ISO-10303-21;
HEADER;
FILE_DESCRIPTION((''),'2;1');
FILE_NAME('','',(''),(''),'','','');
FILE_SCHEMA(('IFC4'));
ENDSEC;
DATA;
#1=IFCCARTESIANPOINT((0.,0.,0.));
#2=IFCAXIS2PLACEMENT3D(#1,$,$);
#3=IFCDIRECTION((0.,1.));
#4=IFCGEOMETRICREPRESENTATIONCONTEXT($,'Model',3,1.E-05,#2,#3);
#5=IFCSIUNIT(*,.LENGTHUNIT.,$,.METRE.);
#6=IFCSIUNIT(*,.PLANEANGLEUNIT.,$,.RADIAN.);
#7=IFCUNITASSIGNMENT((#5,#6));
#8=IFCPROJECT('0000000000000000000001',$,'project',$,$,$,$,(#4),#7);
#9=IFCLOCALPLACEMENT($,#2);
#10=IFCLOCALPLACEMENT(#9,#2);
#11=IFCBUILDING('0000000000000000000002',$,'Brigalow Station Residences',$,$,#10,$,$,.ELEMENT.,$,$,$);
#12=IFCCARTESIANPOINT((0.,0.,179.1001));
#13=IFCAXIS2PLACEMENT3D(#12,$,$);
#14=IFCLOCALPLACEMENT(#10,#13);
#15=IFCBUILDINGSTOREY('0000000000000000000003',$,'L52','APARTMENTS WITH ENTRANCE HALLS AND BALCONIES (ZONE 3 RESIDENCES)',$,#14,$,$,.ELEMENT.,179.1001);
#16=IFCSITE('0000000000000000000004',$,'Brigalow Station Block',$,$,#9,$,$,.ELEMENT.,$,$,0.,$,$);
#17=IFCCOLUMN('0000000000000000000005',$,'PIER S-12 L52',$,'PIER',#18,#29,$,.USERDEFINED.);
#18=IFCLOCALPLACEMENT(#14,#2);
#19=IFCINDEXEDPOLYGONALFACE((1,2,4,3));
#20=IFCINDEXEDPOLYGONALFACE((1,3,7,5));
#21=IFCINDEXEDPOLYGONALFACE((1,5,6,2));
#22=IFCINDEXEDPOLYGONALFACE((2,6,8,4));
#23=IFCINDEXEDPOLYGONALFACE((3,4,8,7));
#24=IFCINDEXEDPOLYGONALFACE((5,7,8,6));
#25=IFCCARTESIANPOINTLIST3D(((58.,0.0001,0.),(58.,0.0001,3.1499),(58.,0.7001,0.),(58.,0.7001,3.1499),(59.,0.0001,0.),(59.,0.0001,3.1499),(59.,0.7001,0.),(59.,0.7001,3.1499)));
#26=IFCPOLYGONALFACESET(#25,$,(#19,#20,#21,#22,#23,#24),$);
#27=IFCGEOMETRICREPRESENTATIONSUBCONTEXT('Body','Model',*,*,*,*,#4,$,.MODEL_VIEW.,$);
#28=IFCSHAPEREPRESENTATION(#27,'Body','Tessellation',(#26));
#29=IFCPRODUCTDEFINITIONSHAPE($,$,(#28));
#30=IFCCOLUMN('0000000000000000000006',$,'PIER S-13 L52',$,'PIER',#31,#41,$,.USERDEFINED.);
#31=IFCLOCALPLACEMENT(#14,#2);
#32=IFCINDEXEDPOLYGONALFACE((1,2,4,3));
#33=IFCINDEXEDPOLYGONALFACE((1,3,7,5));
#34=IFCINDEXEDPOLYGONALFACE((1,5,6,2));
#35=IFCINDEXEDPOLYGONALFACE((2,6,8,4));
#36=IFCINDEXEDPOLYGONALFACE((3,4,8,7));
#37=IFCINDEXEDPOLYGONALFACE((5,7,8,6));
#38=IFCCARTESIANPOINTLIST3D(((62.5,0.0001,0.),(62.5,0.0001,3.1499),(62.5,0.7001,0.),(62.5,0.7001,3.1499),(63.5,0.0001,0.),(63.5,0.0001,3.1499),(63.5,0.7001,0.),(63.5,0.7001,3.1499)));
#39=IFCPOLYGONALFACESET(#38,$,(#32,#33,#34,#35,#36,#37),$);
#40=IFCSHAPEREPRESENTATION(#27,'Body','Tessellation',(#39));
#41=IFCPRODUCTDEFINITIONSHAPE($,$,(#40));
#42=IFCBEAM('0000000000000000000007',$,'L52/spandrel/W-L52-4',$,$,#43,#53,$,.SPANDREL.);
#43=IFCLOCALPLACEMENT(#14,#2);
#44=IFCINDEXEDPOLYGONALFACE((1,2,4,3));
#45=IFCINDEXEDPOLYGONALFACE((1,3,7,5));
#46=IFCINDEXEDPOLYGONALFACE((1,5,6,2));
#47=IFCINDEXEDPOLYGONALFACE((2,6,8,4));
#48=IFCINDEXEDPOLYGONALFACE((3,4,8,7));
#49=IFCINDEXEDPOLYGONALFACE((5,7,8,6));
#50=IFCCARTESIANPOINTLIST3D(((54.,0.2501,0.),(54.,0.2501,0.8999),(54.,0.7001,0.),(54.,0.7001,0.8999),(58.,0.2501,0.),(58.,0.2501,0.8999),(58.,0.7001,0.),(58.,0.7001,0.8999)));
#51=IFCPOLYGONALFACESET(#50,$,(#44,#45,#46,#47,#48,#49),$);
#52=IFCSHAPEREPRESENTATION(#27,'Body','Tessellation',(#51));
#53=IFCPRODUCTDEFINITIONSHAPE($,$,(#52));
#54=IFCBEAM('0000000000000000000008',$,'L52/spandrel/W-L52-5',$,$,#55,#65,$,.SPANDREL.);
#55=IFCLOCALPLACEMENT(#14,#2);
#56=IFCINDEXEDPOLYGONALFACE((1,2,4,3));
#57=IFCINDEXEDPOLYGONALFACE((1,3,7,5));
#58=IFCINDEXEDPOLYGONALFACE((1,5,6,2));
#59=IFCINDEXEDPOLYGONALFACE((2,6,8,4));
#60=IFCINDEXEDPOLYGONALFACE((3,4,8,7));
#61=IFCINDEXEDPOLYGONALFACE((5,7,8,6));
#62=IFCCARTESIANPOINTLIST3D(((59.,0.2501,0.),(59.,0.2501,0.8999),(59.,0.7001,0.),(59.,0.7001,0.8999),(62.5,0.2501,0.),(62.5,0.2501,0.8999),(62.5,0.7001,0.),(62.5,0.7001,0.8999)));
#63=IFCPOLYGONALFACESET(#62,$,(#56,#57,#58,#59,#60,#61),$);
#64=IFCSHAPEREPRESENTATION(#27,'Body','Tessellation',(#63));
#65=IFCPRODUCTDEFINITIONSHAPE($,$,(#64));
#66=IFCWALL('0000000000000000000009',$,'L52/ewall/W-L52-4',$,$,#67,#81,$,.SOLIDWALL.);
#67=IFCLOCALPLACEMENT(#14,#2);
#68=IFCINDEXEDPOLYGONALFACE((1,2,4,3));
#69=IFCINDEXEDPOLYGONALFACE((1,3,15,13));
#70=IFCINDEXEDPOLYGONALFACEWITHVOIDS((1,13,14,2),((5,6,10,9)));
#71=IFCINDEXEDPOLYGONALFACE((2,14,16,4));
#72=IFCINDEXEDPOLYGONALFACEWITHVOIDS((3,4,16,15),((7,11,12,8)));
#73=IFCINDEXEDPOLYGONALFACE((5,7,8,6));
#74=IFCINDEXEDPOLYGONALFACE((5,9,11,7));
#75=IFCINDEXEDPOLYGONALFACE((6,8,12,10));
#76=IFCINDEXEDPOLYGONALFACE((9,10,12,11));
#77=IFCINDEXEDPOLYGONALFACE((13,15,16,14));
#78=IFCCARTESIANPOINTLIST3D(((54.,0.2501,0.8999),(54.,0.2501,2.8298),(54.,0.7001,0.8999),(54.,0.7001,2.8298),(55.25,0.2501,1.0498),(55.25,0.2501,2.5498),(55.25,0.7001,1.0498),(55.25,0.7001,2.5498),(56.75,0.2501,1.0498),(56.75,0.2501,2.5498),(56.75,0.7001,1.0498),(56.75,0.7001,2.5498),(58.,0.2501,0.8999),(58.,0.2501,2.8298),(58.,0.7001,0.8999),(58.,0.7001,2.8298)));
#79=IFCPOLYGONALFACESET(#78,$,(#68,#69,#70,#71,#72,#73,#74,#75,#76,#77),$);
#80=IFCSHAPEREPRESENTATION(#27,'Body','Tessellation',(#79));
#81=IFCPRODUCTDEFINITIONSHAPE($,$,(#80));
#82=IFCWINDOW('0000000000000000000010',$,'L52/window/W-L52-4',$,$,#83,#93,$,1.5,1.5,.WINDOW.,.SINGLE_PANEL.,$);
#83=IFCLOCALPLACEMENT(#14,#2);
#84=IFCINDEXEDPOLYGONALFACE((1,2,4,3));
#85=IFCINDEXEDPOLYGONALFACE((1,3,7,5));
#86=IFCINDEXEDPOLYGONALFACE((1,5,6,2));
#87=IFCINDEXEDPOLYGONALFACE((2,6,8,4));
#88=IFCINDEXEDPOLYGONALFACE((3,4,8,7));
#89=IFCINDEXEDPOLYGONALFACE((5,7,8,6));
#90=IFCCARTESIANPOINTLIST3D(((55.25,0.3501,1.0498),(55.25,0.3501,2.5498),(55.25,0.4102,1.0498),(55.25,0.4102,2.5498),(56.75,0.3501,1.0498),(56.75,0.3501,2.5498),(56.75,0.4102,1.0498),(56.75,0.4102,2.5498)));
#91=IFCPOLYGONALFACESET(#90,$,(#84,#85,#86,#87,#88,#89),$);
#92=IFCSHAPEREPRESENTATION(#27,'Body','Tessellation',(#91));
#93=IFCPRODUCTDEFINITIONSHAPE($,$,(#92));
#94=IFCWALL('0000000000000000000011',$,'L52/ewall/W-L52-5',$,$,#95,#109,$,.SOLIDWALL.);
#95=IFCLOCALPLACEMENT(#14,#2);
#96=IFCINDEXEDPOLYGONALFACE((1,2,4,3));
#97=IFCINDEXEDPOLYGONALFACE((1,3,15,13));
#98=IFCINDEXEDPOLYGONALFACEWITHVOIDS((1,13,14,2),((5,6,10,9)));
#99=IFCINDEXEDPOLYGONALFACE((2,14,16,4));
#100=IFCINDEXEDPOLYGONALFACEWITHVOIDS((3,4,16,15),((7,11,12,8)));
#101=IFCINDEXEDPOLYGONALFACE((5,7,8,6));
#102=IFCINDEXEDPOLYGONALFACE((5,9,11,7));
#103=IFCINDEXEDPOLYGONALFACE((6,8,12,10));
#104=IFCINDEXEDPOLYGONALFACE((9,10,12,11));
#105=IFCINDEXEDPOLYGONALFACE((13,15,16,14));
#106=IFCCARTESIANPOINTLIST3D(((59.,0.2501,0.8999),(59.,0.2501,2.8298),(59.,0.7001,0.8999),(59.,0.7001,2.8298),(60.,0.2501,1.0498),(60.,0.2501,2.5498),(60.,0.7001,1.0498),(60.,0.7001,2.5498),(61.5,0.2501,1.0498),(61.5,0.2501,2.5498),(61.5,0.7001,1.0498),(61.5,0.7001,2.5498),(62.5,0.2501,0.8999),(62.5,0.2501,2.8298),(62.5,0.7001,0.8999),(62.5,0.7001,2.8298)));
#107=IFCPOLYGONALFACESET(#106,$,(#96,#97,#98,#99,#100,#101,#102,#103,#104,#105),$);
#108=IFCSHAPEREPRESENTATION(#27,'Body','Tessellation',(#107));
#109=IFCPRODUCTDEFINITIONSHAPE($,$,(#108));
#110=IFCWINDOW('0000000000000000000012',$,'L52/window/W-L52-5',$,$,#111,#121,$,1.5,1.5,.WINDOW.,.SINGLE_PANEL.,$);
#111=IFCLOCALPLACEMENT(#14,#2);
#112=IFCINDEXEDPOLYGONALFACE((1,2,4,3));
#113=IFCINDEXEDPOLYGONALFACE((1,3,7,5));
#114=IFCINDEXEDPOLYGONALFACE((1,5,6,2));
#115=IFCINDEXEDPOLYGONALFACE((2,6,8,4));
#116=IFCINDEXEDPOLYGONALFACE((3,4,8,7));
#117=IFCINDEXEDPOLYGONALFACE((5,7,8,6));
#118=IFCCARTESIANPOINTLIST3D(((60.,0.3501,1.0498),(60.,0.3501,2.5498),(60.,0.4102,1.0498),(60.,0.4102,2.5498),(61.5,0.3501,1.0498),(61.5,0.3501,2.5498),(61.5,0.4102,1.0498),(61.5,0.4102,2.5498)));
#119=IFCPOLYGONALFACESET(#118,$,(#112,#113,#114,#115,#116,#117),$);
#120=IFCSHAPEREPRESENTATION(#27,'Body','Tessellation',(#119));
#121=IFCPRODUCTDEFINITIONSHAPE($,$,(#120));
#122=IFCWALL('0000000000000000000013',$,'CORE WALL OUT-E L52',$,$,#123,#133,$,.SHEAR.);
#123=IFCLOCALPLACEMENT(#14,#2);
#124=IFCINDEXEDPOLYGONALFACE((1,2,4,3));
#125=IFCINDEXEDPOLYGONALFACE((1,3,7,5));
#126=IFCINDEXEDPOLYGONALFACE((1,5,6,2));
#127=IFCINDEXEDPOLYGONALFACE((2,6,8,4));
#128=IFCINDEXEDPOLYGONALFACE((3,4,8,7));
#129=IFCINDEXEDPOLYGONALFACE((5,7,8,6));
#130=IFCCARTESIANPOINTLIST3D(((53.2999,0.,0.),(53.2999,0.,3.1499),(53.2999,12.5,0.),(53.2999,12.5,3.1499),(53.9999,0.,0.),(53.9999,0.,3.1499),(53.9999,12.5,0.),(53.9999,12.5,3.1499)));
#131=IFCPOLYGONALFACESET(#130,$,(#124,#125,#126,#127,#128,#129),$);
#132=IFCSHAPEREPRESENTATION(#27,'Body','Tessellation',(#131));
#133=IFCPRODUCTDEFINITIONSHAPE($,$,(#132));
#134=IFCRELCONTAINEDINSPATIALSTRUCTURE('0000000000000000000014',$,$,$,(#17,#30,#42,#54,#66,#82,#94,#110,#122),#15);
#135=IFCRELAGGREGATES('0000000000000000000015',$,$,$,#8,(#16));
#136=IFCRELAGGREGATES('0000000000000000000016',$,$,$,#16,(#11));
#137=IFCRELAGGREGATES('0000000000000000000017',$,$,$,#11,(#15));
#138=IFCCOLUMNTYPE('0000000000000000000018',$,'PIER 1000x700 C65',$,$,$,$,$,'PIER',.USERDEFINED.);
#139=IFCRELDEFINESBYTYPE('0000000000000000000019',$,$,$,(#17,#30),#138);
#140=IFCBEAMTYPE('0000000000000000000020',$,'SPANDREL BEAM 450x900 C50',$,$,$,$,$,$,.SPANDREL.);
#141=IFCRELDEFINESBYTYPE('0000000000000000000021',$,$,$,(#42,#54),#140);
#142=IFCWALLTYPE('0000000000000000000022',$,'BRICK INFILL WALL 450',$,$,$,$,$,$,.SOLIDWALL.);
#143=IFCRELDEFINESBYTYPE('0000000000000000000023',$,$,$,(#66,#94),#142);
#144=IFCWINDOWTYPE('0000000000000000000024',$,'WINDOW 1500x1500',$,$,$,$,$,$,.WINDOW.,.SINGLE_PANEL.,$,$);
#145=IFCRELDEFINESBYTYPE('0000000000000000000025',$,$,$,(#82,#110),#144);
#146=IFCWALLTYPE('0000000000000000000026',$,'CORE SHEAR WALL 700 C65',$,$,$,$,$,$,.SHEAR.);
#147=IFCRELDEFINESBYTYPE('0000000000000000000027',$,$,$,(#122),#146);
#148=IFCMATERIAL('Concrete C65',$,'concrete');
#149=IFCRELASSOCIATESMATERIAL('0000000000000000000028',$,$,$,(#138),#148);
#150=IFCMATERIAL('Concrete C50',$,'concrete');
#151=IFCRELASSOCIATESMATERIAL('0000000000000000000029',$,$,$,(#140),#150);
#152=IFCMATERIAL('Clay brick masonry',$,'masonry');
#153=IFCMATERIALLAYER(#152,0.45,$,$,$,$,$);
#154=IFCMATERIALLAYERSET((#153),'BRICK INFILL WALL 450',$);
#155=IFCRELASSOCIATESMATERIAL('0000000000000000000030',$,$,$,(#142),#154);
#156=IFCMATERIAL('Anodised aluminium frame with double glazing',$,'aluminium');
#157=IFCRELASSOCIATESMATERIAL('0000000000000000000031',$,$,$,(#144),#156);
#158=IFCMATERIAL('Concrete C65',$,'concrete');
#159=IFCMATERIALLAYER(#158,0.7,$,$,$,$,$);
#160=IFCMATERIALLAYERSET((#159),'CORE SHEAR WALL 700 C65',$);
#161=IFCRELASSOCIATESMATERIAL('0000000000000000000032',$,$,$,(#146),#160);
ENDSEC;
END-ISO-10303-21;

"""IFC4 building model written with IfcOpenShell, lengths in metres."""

from ifc_helpers import new_model, si_unit, direction, frame, frame_2d, origin, origin_2d, place, context, subcontext, project, spatial, rectangle, extrude, material, layer, layer_set, material_profile, profile_set, type_object, element, fill, save


model = new_model("IFC4")

# Units and contexts
model_context = context("Model", 3, precision=1e-05, world=origin(), true_north=direction((0.0, 1.0)))
body_context = subcontext(model_context, "Body", "Model", "MODEL_VIEW")
ifc_project = project(units=[si_unit("LENGTHUNIT", "METRE"), si_unit("PLANEANGLEUNIT", "RADIAN")], contexts=[model_context])

# Site, building, storey
site_placement = place(None, origin())
site = spatial("IfcSite", under=ifc_project, at=site_placement, Name="Brigalow Station Block", CompositionType="ELEMENT", RefElevation=0.0)
building_placement = place(site_placement, origin())
building = spatial("IfcBuilding", under=site, at=building_placement, Name="Brigalow Station Residences", CompositionType="ELEMENT")
storey_placement = place(building_placement, frame((0.0, 0.0, 179.1001)))
storey = spatial("IfcBuildingStorey", under=building, at=storey_placement, Name="L52", Description="APARTMENTS WITH ENTRANCE HALLS AND BALCONIES (ZONE 3 RESIDENCES)", CompositionType="ELEMENT", Elevation=179.1001)

# Columns
ifc_material_1 = material(Name="Concrete C65", Category="concrete")
ifc_material_profile_1 = material_profile(ifc_material_1, rectangle(XDim=1.0, YDim=0.7, at=origin_2d()), Name="RC1000x700")
ifc_profile_set_1 = profile_set([ifc_material_profile_1], Name="Concrete C65")
column_type = type_object("IfcColumnType", Name="PIER 1000x700 C65", ElementType="PIER", PredefinedType="USERDEFINED", material=ifc_profile_set_1)
for number, where, z_axis, x_axis, name in (
    (1, (58.5, 0.3501, 0.0), (0.0, 0.0, 1.0), (1.0, 0.0, 0.0), "PIER S-12 L52"),
    (2, (63.0, 0.3501, 0.0), (0.0, 0.0, 1.0), (1.0, 0.0, 0.0), "PIER S-13 L52"),
):
    element("IfcColumn", number, at=place(storey_placement, frame(where, z_axis=z_axis, x_axis=x_axis)), inside=storey, type_object=column_type, Name=name, ObjectType="PIER", PredefinedType="USERDEFINED", context=body_context, shape_type="SweptSolid", body=[
        extrude(rectangle(XDim=1.0, YDim=0.7, at=origin_2d()), origin(), (0.0, 0.0, 1.0), 3.1499),
    ])

# Beams
ifc_material_2 = material(Name="Concrete C50", Category="concrete")
ifc_material_profile_2 = material_profile(ifc_material_2, rectangle(XDim=0.45, YDim=0.8999, at=origin_2d()), Name="RC450x900")
ifc_profile_set_2 = profile_set([ifc_material_profile_2], Name="Concrete C50")
beam_type = type_object("IfcBeamType", Name="SPANDREL BEAM 450x900 C50", PredefinedType="SPANDREL", material=ifc_profile_set_2)
beam_1_placement = place(storey_placement, frame((54.0, 0.4751, 0.45), z_axis=(1.0, 0.0, 0.0), x_axis=(0.0, 1.0, 0.0)))
element("IfcBeam", 3, at=beam_1_placement, inside=storey, type_object=beam_type, Name="L52/spandrel/W-L52-4", PredefinedType="SPANDREL", context=body_context, shape_type="SweptSolid", body=[
    extrude(rectangle(XDim=0.45, YDim=0.8999, at=origin_2d()), origin(), (0.0, 0.0, 1.0), 4.0),
])
beam_2_placement = place(storey_placement, frame((59.0, 0.4751, 0.45), z_axis=(1.0, 0.0, 0.0), x_axis=(0.0, 1.0, 0.0)))
element("IfcBeam", 4, at=beam_2_placement, inside=storey, type_object=beam_type, Name="L52/spandrel/W-L52-5", PredefinedType="SPANDREL", context=body_context, shape_type="SweptSolid", body=[
    extrude(rectangle(XDim=0.45, YDim=0.8999, at=origin_2d()), origin(), (0.0, 0.0, 1.0), 3.5),
])

# Walls, openings, windows
ifc_material_3 = material(Name="Clay brick masonry", Category="masonry")
ifc_layer_1 = layer(ifc_material_3, 0.45)
ifc_layer_set_1 = layer_set([ifc_layer_1], Name="BRICK INFILL WALL 450")
wall_type_1 = type_object("IfcWallType", Name="BRICK INFILL WALL 450", PredefinedType="SOLIDWALL", material=ifc_layer_set_1)
wall_1_placement = place(storey_placement, frame((54.0, 0.4751, 0.8999), z_axis=(0.0, 0.0, 1.0), x_axis=(1.0, 0.0, 0.0)))
wall_1 = element("IfcWall", 5, at=wall_1_placement, inside=storey, type_object=wall_type_1, Name="L52/ewall/W-L52-4", PredefinedType="SOLIDWALL", context=body_context, shape_type="SweptSolid", body=[
    extrude(rectangle(XDim=4.0, YDim=0.45, at=frame_2d((2.0, 0.0))), origin(), (0.0, 0.0, 1.0), 1.9299),
])
opening_1_placement = place(wall_1_placement, frame((1.25, 0.0, 0.1499)))
opening_1 = element("IfcOpeningElement", 6, at=opening_1_placement, cuts=wall_1, PredefinedType="OPENING", context=body_context, shape_type="SweptSolid", body=[
    extrude(rectangle(XDim=1.5, YDim=1.5, at=frame_2d((0.75, 0.75))), frame((0.0, 0.2349, 0.0), z_axis=(0.0, -1.0, 0.0), x_axis=(1.0, 0.0, 0.0)), (0.0, 0.0, 1.0), 0.47),
])
ifc_material_4 = material(Name="Anodised aluminium frame with double glazing", Category="aluminium")
window_type = type_object("IfcWindowType", Name="WINDOW 1500x1500", PartitioningType="SINGLE_PANEL", PredefinedType="WINDOW", material=ifc_material_4)
window_1_placement = place(opening_1_placement, origin())
window_1 = element("IfcWindow", 7, at=window_1_placement, inside=storey, type_object=window_type, Name="L52/window/W-L52-4", OverallHeight=1.5, OverallWidth=1.5, PartitioningType="SINGLE_PANEL", PredefinedType="WINDOW", context=body_context, shape_type="SweptSolid", body=[
    extrude(rectangle(XDim=1.5, YDim=1.5, at=frame_2d((0.75, 0.75))), frame((0.0, -0.0649, 0.0), z_axis=(0.0, -1.0, 0.0), x_axis=(1.0, 0.0, 0.0)), (0.0, 0.0, 1.0), 0.0601),
])
fill(opening_1, window_1)
wall_2_placement = place(storey_placement, frame((59.0, 0.4751, 0.8999), z_axis=(0.0, 0.0, 1.0), x_axis=(1.0, 0.0, 0.0)))
wall_2 = element("IfcWall", 8, at=wall_2_placement, inside=storey, type_object=wall_type_1, Name="L52/ewall/W-L52-5", PredefinedType="SOLIDWALL", context=body_context, shape_type="SweptSolid", body=[
    extrude(rectangle(XDim=3.5, YDim=0.45, at=frame_2d((1.75, 0.0))), origin(), (0.0, 0.0, 1.0), 1.9299),
])
opening_2_placement = place(wall_2_placement, frame((1.0, 0.0, 0.1499)))
opening_2 = element("IfcOpeningElement", 9, at=opening_2_placement, cuts=wall_2, PredefinedType="OPENING", context=body_context, shape_type="SweptSolid", body=[
    extrude(rectangle(XDim=1.5, YDim=1.5, at=frame_2d((0.75, 0.75))), frame((0.0, 0.2349, 0.0), z_axis=(0.0, -1.0, 0.0), x_axis=(1.0, 0.0, 0.0)), (0.0, 0.0, 1.0), 0.47),
])
window_2_placement = place(opening_2_placement, origin())
window_2 = element("IfcWindow", 10, at=window_2_placement, inside=storey, type_object=window_type, Name="L52/window/W-L52-5", OverallHeight=1.5, OverallWidth=1.5, PartitioningType="SINGLE_PANEL", PredefinedType="WINDOW", context=body_context, shape_type="SweptSolid", body=[
    extrude(rectangle(XDim=1.5, YDim=1.5, at=frame_2d((0.75, 0.75))), frame((0.0, -0.0649, 0.0), z_axis=(0.0, -1.0, 0.0), x_axis=(1.0, 0.0, 0.0)), (0.0, 0.0, 1.0), 0.0601),
])
fill(opening_2, window_2)

# Wall
ifc_material_5 = material(Name="Concrete C65", Category="concrete")
ifc_layer_2 = layer(ifc_material_5, 0.7)
ifc_layer_set_2 = layer_set([ifc_layer_2], Name="CORE SHEAR WALL 700 C65")
wall_type_2 = type_object("IfcWallType", Name="CORE SHEAR WALL 700 C65", PredefinedType="SHEAR", material=ifc_layer_set_2)
wall_3_placement = place(storey_placement, frame((53.6499, 0.0, 0.0), z_axis=(0.0, 0.0, 1.0), x_axis=(0.0, 1.0, 0.0)))
element("IfcWall", 11, at=wall_3_placement, inside=storey, type_object=wall_type_2, Name="CORE WALL OUT-E L52", PredefinedType="SHEAR", context=body_context, shape_type="SweptSolid", body=[
    extrude(rectangle(XDim=12.5, YDim=0.7, at=frame_2d((6.25, 0.0))), origin(), (0.0, 0.0, 1.0), 3.1499),
])

save(model, "model.ifc")
